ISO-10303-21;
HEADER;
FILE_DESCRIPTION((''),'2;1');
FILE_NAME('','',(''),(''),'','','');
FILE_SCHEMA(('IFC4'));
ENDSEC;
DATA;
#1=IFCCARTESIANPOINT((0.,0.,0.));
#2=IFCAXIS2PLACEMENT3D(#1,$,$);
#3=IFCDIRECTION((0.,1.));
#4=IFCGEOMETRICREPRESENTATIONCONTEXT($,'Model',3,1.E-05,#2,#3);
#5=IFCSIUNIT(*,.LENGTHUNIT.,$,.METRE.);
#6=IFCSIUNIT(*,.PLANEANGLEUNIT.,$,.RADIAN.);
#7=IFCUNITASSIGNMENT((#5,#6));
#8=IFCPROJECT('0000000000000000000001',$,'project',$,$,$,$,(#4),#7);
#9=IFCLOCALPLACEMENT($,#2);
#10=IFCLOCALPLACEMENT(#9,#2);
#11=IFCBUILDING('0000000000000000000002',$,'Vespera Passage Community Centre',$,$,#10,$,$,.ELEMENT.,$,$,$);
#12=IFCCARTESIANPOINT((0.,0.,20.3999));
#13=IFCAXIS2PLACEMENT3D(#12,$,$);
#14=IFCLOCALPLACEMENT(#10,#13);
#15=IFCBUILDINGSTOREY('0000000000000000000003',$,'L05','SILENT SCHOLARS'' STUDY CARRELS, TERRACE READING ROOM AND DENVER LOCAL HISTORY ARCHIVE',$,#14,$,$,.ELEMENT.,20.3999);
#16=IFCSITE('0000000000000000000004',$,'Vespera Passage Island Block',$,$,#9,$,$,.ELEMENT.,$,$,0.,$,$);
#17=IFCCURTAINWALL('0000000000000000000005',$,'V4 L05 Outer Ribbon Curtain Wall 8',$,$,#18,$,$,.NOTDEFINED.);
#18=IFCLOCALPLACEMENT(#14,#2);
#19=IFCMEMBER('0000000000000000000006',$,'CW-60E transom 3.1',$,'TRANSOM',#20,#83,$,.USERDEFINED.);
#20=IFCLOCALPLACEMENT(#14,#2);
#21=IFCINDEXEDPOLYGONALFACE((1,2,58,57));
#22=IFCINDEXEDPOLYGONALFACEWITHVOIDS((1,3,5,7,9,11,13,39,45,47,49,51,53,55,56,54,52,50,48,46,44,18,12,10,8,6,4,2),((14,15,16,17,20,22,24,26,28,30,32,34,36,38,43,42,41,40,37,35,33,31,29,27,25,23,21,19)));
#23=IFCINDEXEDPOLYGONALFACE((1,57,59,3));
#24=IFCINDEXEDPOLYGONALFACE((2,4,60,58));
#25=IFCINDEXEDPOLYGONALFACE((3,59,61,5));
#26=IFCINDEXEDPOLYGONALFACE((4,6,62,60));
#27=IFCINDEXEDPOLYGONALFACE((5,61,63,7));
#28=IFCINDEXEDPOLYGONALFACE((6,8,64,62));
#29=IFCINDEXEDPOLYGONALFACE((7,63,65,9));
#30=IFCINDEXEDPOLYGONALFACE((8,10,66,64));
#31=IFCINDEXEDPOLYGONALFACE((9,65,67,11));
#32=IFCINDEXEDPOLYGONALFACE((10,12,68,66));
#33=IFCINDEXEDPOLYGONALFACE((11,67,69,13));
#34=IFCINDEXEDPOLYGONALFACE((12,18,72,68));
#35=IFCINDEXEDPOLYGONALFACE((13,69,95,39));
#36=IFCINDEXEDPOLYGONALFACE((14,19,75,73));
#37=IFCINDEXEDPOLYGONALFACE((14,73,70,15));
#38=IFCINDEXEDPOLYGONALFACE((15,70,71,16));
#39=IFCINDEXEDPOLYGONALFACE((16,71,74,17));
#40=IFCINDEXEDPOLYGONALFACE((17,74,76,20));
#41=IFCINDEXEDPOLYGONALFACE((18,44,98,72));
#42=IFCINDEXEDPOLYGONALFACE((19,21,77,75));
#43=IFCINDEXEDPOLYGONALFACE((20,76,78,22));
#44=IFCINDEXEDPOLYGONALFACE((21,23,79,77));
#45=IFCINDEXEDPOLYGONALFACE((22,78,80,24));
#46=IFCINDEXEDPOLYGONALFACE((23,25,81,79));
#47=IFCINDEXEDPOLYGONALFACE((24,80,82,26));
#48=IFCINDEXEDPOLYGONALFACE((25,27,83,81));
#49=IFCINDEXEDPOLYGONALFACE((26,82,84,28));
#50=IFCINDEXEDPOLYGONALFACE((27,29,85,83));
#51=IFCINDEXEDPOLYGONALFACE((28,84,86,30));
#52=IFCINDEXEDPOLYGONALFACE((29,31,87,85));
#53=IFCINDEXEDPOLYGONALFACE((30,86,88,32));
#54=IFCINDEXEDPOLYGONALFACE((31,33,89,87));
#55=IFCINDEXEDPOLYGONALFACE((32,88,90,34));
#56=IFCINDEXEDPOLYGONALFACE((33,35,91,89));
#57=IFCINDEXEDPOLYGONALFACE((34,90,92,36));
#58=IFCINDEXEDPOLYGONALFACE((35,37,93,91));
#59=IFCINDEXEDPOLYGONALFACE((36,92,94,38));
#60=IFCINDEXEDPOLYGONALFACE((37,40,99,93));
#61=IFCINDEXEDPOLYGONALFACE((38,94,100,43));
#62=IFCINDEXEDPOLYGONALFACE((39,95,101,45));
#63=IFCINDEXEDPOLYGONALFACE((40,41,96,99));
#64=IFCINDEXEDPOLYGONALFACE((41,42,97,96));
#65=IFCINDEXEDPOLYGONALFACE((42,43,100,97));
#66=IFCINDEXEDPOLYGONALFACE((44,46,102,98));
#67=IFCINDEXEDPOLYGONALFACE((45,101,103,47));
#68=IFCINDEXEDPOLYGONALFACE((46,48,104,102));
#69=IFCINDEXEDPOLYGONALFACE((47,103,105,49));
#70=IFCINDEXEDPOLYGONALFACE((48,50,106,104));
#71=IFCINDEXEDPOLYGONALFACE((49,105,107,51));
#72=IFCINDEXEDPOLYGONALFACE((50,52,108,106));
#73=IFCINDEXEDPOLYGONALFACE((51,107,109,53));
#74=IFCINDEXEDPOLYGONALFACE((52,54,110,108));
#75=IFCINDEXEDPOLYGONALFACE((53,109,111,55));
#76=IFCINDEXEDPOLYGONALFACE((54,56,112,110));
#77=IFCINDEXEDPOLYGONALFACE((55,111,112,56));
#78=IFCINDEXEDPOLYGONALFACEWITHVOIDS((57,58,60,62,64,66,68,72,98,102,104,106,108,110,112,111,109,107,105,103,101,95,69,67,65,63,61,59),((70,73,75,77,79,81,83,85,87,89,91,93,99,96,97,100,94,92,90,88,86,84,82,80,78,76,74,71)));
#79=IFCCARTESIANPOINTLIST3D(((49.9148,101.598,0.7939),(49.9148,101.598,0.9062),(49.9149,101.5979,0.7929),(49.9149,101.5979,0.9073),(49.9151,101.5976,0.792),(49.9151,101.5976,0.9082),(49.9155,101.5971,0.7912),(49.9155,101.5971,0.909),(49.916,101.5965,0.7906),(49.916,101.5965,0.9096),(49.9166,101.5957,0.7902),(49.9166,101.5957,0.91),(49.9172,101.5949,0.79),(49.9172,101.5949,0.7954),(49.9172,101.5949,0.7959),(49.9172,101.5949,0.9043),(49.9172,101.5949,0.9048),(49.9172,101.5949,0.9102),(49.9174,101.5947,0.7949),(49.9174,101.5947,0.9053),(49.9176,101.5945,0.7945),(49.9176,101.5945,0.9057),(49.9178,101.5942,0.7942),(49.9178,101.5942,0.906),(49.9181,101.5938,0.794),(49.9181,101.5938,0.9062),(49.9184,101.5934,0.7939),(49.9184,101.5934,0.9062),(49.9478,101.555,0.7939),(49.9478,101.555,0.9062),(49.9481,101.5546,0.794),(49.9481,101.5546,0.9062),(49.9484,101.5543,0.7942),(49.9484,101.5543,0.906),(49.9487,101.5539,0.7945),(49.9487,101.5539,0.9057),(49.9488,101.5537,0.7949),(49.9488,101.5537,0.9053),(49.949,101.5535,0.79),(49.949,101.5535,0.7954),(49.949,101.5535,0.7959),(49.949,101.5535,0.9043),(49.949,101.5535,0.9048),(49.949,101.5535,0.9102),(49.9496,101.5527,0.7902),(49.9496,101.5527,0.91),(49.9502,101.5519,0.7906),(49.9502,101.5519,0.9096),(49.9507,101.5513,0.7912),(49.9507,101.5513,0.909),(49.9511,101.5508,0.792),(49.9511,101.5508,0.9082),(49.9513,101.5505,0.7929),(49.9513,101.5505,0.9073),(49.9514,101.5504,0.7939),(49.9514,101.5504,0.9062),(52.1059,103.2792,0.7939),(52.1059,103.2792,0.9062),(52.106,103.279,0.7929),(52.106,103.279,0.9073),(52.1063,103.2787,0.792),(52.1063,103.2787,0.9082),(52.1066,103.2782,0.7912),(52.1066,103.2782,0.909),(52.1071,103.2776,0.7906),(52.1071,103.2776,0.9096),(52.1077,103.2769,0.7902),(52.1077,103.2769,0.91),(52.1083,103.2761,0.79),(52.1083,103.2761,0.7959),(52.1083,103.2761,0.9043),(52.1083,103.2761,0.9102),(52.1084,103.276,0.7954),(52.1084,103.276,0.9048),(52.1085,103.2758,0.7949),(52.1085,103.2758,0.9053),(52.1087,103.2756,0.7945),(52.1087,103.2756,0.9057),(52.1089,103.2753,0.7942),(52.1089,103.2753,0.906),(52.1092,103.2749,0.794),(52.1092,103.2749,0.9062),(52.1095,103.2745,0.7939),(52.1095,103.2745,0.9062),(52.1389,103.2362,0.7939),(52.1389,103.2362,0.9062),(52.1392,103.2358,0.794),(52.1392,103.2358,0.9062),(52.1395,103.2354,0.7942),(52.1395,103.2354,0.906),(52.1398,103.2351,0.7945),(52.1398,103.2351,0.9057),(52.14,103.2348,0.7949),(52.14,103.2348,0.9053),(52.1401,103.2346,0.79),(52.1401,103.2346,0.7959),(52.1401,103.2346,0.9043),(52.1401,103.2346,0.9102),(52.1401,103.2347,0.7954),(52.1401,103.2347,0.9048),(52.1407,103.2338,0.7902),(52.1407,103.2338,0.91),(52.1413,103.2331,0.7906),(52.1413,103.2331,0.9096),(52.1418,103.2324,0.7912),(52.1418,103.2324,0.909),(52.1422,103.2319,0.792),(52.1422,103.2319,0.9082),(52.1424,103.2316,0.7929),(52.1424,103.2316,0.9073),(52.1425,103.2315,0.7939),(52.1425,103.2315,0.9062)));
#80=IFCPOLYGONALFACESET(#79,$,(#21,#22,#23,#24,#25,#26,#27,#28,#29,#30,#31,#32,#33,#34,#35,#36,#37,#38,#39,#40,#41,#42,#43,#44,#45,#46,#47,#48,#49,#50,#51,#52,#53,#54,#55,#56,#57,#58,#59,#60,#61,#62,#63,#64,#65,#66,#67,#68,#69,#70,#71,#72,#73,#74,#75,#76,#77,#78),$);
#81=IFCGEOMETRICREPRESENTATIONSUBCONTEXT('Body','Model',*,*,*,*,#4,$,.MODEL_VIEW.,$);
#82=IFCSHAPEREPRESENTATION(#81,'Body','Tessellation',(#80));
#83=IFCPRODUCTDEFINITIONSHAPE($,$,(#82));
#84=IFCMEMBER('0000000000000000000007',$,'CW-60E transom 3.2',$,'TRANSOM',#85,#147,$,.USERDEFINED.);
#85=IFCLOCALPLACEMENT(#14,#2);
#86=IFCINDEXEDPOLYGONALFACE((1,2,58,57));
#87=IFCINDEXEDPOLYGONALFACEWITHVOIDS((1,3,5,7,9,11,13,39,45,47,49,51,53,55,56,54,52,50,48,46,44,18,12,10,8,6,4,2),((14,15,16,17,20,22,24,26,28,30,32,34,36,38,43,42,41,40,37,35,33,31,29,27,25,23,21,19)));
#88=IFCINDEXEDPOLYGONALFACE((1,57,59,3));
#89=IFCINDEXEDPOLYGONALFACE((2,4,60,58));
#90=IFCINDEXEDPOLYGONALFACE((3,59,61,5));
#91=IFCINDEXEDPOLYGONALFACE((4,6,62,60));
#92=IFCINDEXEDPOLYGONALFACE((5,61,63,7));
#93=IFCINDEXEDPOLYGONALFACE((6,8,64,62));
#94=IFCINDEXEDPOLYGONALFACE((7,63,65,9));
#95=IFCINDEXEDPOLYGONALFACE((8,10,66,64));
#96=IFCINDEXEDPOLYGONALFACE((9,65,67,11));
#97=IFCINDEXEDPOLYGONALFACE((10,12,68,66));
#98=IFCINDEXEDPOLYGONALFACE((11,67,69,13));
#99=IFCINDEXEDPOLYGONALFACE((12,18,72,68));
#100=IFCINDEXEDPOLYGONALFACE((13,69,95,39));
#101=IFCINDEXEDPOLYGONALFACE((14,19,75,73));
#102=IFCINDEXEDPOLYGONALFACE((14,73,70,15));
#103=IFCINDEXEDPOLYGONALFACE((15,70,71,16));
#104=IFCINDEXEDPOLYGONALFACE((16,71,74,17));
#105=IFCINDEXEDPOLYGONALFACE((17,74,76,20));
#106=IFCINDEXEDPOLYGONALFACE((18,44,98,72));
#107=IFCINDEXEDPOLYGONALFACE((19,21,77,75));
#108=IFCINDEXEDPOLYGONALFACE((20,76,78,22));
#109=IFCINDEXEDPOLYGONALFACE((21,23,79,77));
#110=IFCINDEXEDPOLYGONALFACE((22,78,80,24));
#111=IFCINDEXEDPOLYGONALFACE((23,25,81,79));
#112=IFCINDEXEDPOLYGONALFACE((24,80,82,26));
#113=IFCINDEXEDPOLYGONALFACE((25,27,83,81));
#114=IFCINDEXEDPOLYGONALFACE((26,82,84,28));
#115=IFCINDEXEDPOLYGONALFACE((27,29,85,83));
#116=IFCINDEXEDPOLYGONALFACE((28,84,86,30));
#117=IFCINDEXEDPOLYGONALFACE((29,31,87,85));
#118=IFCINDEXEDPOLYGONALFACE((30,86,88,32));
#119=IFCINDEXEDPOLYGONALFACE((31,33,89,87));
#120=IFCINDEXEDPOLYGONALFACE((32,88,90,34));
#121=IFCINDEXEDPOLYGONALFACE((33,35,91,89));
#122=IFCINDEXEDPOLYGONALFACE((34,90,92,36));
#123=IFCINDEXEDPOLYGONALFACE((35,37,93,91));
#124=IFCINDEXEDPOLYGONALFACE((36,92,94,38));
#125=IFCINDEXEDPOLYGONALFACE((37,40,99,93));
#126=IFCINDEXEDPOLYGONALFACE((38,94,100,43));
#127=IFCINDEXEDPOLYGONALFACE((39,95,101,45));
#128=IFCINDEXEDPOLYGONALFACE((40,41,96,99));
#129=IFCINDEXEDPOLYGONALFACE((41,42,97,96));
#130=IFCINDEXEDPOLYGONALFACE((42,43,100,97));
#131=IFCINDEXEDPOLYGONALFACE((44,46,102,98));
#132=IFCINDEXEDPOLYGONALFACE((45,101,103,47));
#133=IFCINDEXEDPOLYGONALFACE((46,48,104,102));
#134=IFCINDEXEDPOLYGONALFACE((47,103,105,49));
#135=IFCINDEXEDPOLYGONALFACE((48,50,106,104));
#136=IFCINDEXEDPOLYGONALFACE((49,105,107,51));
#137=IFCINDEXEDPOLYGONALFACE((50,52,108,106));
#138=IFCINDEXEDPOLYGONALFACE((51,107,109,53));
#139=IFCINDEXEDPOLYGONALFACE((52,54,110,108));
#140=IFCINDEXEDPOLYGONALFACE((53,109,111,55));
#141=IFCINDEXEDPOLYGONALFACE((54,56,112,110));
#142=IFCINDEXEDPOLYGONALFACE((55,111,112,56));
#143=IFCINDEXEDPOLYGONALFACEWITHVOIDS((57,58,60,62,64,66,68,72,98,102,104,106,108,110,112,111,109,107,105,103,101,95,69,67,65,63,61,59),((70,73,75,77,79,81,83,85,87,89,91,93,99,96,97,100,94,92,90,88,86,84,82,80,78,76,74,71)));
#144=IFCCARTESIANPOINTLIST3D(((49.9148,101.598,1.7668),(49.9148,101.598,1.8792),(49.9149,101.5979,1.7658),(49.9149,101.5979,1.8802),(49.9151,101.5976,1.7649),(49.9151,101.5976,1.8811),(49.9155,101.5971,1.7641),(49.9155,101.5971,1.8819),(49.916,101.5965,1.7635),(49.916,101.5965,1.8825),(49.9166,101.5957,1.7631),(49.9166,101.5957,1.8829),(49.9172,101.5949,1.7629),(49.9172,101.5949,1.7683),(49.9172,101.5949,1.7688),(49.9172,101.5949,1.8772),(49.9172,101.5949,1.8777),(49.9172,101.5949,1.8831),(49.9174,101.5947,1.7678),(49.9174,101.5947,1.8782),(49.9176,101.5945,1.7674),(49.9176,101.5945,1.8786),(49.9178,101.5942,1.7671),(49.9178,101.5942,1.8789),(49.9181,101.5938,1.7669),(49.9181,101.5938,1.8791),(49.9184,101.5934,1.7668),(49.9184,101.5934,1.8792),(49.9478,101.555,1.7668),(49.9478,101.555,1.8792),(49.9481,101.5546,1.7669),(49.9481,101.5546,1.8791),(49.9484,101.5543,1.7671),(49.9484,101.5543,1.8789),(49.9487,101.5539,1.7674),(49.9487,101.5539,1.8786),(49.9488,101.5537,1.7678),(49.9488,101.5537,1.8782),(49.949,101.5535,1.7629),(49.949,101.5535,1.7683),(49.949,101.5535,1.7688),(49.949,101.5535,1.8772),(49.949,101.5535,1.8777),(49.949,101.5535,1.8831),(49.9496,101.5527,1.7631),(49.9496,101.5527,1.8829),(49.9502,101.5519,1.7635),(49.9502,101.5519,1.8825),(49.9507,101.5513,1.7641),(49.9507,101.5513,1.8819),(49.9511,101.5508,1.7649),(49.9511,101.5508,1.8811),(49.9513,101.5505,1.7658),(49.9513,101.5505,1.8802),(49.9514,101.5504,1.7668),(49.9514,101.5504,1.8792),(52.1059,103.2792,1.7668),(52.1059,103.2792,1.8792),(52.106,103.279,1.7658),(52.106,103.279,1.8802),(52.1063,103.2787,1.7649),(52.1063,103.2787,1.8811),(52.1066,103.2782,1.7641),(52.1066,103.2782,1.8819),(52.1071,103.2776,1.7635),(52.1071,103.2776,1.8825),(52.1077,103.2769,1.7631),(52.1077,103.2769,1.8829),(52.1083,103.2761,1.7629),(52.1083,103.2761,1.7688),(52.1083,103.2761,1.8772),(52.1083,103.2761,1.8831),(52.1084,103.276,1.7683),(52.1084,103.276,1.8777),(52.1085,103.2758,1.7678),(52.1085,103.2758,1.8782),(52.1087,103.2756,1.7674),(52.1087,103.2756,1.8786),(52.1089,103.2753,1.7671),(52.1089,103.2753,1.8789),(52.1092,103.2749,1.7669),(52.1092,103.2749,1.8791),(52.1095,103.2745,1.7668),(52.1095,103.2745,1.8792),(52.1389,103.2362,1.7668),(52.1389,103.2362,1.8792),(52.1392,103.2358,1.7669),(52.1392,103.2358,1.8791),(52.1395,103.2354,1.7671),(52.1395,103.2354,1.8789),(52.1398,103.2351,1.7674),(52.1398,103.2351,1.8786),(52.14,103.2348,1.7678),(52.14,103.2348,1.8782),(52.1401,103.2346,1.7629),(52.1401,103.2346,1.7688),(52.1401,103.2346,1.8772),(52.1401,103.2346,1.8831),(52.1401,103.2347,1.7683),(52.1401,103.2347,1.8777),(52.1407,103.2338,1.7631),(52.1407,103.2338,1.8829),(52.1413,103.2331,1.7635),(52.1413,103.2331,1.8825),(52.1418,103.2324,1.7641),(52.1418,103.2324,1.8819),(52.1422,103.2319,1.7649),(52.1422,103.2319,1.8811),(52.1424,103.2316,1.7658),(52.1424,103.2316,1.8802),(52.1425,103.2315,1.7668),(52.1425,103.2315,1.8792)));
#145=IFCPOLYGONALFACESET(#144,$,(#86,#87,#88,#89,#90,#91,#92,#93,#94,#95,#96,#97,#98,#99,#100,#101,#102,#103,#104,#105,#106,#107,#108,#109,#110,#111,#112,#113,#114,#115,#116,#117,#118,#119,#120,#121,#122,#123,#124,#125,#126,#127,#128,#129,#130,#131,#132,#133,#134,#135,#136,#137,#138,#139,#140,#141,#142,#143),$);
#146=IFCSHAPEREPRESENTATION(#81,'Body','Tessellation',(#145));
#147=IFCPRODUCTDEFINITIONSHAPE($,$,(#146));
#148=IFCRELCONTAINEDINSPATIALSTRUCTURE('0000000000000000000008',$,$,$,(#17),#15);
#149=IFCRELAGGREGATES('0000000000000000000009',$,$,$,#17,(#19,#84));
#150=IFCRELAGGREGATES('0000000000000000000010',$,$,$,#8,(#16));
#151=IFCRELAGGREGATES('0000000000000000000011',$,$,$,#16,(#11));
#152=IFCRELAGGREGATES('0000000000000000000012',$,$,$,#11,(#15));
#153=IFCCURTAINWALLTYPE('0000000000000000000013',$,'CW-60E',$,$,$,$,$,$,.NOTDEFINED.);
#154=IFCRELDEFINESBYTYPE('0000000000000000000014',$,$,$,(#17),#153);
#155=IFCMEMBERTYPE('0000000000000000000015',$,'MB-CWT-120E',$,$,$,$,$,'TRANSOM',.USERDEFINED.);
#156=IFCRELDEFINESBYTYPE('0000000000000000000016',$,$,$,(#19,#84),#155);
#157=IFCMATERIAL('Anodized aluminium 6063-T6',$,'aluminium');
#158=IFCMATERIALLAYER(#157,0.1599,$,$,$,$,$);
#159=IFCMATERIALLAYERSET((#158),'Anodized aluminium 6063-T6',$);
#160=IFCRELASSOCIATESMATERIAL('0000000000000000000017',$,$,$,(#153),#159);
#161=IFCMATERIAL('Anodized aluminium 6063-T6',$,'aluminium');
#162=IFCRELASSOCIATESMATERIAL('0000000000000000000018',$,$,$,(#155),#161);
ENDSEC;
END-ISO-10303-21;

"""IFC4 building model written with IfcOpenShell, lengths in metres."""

from ifc_helpers import new_model, si_unit, direction, frame, origin, origin_2d, place, context, subcontext, project, spatial, hollow_rectangle, extrude, material, layer, layer_set, material_profile, profile_set, type_object, element, aggregate, save


model = new_model("IFC4")

# Units and contexts
model_context = context("Model", 3, precision=1e-05, world=origin(), true_north=direction((0.0, 1.0)))
body_context = subcontext(model_context, "Body", "Model", "MODEL_VIEW")
ifc_project = project(units=[si_unit("LENGTHUNIT", "METRE"), si_unit("PLANEANGLEUNIT", "RADIAN")], contexts=[model_context])

# Site, building, storey
site_placement = place(None, origin())
site = spatial("IfcSite", under=ifc_project, at=site_placement, Name="Vespera Passage Island Block", CompositionType="ELEMENT", RefElevation=0.0)
building_placement = place(site_placement, origin())
building = spatial("IfcBuilding", under=site, at=building_placement, Name="Vespera Passage Community Centre", CompositionType="ELEMENT")
storey_placement = place(building_placement, frame((0.0, 0.0, 20.3999)))
storey = spatial("IfcBuildingStorey", under=building, at=storey_placement, Name="L05", Description="SILENT SCHOLARS' STUDY CARRELS, TERRACE READING ROOM AND DENVER LOCAL HISTORY ARCHIVE", CompositionType="ELEMENT", Elevation=20.3999)

# Curtain wall
ifc_material_1 = material(Name="Anodized aluminium 6063-T6", Category="aluminium")
ifc_layer_1 = layer(ifc_material_1, 0.1599)
ifc_layer_set_1 = layer_set([ifc_layer_1], Name="Anodized aluminium 6063-T6")
curtain_wall_type_1 = type_object("IfcCurtainWallType", Name="CW-60E", PredefinedType="NOTDEFINED", material=ifc_layer_set_1)
curtain_wall_1_placement = place(storey_placement, origin())
curtain_wall_1 = element("IfcCurtainWall", 1, at=curtain_wall_1_placement, inside=storey, type_object=curtain_wall_type_1, Name="V4 L05 Outer Ribbon Curtain Wall 8", PredefinedType="NOTDEFINED")

# Members
ifc_material_2 = material(Name="Anodized aluminium 6063-T6", Category="aluminium")
ifc_material_profile_1 = material_profile(ifc_material_2, hollow_rectangle(XDim=0.0601, YDim=0.1201, WallThickness=0.0039, InnerFilletRadius=0.002, OuterFilletRadius=0.0039, at=origin_2d()), Name="ALU120X60X4")
ifc_profile_set_1 = profile_set([ifc_material_profile_1], Name="Anodized aluminium 6063-T6")
member_type_1 = type_object("IfcMemberType", Name="MB-CWT-120E", ElementType="TRANSOM", PredefinedType="USERDEFINED", material=ifc_profile_set_1)
member_1_placement = place(storey_placement, frame((49.9331, 101.5742, 0.8501), z_axis=(0.793386, 0.608719, 0.0), x_axis=(-0.608719, 0.793386, 0.0)))
member_1 = element("IfcMember", 2, at=member_1_placement, type_object=member_type_1, Name="CW-60E transom 3.1", ObjectType="TRANSOM", PredefinedType="USERDEFINED", context=body_context, shape_type="SweptSolid", body=[
    extrude(hollow_rectangle(XDim=0.0601, YDim=0.1201, WallThickness=0.0039, InnerFilletRadius=0.002, OuterFilletRadius=0.0039, at=origin_2d()), origin(), (0.0, 0.0, 1.0), 2.7617),
])
member_2_placement = place(storey_placement, frame((49.9331, 101.5742, 1.823), z_axis=(0.793386, 0.608719, 0.0), x_axis=(-0.608719, 0.793386, 0.0)))
member_2 = element("IfcMember", 3, at=member_2_placement, type_object=member_type_1, Name="CW-60E transom 3.2", ObjectType="TRANSOM", PredefinedType="USERDEFINED", context=body_context, shape_type="SweptSolid", body=[
    extrude(hollow_rectangle(XDim=0.0601, YDim=0.1201, WallThickness=0.0039, InnerFilletRadius=0.002, OuterFilletRadius=0.0039, at=origin_2d()), origin(), (0.0, 0.0, 1.0), 2.7617),
])

aggregate(curtain_wall_1, [member_1, member_2])

save(model, "model.ifc")
